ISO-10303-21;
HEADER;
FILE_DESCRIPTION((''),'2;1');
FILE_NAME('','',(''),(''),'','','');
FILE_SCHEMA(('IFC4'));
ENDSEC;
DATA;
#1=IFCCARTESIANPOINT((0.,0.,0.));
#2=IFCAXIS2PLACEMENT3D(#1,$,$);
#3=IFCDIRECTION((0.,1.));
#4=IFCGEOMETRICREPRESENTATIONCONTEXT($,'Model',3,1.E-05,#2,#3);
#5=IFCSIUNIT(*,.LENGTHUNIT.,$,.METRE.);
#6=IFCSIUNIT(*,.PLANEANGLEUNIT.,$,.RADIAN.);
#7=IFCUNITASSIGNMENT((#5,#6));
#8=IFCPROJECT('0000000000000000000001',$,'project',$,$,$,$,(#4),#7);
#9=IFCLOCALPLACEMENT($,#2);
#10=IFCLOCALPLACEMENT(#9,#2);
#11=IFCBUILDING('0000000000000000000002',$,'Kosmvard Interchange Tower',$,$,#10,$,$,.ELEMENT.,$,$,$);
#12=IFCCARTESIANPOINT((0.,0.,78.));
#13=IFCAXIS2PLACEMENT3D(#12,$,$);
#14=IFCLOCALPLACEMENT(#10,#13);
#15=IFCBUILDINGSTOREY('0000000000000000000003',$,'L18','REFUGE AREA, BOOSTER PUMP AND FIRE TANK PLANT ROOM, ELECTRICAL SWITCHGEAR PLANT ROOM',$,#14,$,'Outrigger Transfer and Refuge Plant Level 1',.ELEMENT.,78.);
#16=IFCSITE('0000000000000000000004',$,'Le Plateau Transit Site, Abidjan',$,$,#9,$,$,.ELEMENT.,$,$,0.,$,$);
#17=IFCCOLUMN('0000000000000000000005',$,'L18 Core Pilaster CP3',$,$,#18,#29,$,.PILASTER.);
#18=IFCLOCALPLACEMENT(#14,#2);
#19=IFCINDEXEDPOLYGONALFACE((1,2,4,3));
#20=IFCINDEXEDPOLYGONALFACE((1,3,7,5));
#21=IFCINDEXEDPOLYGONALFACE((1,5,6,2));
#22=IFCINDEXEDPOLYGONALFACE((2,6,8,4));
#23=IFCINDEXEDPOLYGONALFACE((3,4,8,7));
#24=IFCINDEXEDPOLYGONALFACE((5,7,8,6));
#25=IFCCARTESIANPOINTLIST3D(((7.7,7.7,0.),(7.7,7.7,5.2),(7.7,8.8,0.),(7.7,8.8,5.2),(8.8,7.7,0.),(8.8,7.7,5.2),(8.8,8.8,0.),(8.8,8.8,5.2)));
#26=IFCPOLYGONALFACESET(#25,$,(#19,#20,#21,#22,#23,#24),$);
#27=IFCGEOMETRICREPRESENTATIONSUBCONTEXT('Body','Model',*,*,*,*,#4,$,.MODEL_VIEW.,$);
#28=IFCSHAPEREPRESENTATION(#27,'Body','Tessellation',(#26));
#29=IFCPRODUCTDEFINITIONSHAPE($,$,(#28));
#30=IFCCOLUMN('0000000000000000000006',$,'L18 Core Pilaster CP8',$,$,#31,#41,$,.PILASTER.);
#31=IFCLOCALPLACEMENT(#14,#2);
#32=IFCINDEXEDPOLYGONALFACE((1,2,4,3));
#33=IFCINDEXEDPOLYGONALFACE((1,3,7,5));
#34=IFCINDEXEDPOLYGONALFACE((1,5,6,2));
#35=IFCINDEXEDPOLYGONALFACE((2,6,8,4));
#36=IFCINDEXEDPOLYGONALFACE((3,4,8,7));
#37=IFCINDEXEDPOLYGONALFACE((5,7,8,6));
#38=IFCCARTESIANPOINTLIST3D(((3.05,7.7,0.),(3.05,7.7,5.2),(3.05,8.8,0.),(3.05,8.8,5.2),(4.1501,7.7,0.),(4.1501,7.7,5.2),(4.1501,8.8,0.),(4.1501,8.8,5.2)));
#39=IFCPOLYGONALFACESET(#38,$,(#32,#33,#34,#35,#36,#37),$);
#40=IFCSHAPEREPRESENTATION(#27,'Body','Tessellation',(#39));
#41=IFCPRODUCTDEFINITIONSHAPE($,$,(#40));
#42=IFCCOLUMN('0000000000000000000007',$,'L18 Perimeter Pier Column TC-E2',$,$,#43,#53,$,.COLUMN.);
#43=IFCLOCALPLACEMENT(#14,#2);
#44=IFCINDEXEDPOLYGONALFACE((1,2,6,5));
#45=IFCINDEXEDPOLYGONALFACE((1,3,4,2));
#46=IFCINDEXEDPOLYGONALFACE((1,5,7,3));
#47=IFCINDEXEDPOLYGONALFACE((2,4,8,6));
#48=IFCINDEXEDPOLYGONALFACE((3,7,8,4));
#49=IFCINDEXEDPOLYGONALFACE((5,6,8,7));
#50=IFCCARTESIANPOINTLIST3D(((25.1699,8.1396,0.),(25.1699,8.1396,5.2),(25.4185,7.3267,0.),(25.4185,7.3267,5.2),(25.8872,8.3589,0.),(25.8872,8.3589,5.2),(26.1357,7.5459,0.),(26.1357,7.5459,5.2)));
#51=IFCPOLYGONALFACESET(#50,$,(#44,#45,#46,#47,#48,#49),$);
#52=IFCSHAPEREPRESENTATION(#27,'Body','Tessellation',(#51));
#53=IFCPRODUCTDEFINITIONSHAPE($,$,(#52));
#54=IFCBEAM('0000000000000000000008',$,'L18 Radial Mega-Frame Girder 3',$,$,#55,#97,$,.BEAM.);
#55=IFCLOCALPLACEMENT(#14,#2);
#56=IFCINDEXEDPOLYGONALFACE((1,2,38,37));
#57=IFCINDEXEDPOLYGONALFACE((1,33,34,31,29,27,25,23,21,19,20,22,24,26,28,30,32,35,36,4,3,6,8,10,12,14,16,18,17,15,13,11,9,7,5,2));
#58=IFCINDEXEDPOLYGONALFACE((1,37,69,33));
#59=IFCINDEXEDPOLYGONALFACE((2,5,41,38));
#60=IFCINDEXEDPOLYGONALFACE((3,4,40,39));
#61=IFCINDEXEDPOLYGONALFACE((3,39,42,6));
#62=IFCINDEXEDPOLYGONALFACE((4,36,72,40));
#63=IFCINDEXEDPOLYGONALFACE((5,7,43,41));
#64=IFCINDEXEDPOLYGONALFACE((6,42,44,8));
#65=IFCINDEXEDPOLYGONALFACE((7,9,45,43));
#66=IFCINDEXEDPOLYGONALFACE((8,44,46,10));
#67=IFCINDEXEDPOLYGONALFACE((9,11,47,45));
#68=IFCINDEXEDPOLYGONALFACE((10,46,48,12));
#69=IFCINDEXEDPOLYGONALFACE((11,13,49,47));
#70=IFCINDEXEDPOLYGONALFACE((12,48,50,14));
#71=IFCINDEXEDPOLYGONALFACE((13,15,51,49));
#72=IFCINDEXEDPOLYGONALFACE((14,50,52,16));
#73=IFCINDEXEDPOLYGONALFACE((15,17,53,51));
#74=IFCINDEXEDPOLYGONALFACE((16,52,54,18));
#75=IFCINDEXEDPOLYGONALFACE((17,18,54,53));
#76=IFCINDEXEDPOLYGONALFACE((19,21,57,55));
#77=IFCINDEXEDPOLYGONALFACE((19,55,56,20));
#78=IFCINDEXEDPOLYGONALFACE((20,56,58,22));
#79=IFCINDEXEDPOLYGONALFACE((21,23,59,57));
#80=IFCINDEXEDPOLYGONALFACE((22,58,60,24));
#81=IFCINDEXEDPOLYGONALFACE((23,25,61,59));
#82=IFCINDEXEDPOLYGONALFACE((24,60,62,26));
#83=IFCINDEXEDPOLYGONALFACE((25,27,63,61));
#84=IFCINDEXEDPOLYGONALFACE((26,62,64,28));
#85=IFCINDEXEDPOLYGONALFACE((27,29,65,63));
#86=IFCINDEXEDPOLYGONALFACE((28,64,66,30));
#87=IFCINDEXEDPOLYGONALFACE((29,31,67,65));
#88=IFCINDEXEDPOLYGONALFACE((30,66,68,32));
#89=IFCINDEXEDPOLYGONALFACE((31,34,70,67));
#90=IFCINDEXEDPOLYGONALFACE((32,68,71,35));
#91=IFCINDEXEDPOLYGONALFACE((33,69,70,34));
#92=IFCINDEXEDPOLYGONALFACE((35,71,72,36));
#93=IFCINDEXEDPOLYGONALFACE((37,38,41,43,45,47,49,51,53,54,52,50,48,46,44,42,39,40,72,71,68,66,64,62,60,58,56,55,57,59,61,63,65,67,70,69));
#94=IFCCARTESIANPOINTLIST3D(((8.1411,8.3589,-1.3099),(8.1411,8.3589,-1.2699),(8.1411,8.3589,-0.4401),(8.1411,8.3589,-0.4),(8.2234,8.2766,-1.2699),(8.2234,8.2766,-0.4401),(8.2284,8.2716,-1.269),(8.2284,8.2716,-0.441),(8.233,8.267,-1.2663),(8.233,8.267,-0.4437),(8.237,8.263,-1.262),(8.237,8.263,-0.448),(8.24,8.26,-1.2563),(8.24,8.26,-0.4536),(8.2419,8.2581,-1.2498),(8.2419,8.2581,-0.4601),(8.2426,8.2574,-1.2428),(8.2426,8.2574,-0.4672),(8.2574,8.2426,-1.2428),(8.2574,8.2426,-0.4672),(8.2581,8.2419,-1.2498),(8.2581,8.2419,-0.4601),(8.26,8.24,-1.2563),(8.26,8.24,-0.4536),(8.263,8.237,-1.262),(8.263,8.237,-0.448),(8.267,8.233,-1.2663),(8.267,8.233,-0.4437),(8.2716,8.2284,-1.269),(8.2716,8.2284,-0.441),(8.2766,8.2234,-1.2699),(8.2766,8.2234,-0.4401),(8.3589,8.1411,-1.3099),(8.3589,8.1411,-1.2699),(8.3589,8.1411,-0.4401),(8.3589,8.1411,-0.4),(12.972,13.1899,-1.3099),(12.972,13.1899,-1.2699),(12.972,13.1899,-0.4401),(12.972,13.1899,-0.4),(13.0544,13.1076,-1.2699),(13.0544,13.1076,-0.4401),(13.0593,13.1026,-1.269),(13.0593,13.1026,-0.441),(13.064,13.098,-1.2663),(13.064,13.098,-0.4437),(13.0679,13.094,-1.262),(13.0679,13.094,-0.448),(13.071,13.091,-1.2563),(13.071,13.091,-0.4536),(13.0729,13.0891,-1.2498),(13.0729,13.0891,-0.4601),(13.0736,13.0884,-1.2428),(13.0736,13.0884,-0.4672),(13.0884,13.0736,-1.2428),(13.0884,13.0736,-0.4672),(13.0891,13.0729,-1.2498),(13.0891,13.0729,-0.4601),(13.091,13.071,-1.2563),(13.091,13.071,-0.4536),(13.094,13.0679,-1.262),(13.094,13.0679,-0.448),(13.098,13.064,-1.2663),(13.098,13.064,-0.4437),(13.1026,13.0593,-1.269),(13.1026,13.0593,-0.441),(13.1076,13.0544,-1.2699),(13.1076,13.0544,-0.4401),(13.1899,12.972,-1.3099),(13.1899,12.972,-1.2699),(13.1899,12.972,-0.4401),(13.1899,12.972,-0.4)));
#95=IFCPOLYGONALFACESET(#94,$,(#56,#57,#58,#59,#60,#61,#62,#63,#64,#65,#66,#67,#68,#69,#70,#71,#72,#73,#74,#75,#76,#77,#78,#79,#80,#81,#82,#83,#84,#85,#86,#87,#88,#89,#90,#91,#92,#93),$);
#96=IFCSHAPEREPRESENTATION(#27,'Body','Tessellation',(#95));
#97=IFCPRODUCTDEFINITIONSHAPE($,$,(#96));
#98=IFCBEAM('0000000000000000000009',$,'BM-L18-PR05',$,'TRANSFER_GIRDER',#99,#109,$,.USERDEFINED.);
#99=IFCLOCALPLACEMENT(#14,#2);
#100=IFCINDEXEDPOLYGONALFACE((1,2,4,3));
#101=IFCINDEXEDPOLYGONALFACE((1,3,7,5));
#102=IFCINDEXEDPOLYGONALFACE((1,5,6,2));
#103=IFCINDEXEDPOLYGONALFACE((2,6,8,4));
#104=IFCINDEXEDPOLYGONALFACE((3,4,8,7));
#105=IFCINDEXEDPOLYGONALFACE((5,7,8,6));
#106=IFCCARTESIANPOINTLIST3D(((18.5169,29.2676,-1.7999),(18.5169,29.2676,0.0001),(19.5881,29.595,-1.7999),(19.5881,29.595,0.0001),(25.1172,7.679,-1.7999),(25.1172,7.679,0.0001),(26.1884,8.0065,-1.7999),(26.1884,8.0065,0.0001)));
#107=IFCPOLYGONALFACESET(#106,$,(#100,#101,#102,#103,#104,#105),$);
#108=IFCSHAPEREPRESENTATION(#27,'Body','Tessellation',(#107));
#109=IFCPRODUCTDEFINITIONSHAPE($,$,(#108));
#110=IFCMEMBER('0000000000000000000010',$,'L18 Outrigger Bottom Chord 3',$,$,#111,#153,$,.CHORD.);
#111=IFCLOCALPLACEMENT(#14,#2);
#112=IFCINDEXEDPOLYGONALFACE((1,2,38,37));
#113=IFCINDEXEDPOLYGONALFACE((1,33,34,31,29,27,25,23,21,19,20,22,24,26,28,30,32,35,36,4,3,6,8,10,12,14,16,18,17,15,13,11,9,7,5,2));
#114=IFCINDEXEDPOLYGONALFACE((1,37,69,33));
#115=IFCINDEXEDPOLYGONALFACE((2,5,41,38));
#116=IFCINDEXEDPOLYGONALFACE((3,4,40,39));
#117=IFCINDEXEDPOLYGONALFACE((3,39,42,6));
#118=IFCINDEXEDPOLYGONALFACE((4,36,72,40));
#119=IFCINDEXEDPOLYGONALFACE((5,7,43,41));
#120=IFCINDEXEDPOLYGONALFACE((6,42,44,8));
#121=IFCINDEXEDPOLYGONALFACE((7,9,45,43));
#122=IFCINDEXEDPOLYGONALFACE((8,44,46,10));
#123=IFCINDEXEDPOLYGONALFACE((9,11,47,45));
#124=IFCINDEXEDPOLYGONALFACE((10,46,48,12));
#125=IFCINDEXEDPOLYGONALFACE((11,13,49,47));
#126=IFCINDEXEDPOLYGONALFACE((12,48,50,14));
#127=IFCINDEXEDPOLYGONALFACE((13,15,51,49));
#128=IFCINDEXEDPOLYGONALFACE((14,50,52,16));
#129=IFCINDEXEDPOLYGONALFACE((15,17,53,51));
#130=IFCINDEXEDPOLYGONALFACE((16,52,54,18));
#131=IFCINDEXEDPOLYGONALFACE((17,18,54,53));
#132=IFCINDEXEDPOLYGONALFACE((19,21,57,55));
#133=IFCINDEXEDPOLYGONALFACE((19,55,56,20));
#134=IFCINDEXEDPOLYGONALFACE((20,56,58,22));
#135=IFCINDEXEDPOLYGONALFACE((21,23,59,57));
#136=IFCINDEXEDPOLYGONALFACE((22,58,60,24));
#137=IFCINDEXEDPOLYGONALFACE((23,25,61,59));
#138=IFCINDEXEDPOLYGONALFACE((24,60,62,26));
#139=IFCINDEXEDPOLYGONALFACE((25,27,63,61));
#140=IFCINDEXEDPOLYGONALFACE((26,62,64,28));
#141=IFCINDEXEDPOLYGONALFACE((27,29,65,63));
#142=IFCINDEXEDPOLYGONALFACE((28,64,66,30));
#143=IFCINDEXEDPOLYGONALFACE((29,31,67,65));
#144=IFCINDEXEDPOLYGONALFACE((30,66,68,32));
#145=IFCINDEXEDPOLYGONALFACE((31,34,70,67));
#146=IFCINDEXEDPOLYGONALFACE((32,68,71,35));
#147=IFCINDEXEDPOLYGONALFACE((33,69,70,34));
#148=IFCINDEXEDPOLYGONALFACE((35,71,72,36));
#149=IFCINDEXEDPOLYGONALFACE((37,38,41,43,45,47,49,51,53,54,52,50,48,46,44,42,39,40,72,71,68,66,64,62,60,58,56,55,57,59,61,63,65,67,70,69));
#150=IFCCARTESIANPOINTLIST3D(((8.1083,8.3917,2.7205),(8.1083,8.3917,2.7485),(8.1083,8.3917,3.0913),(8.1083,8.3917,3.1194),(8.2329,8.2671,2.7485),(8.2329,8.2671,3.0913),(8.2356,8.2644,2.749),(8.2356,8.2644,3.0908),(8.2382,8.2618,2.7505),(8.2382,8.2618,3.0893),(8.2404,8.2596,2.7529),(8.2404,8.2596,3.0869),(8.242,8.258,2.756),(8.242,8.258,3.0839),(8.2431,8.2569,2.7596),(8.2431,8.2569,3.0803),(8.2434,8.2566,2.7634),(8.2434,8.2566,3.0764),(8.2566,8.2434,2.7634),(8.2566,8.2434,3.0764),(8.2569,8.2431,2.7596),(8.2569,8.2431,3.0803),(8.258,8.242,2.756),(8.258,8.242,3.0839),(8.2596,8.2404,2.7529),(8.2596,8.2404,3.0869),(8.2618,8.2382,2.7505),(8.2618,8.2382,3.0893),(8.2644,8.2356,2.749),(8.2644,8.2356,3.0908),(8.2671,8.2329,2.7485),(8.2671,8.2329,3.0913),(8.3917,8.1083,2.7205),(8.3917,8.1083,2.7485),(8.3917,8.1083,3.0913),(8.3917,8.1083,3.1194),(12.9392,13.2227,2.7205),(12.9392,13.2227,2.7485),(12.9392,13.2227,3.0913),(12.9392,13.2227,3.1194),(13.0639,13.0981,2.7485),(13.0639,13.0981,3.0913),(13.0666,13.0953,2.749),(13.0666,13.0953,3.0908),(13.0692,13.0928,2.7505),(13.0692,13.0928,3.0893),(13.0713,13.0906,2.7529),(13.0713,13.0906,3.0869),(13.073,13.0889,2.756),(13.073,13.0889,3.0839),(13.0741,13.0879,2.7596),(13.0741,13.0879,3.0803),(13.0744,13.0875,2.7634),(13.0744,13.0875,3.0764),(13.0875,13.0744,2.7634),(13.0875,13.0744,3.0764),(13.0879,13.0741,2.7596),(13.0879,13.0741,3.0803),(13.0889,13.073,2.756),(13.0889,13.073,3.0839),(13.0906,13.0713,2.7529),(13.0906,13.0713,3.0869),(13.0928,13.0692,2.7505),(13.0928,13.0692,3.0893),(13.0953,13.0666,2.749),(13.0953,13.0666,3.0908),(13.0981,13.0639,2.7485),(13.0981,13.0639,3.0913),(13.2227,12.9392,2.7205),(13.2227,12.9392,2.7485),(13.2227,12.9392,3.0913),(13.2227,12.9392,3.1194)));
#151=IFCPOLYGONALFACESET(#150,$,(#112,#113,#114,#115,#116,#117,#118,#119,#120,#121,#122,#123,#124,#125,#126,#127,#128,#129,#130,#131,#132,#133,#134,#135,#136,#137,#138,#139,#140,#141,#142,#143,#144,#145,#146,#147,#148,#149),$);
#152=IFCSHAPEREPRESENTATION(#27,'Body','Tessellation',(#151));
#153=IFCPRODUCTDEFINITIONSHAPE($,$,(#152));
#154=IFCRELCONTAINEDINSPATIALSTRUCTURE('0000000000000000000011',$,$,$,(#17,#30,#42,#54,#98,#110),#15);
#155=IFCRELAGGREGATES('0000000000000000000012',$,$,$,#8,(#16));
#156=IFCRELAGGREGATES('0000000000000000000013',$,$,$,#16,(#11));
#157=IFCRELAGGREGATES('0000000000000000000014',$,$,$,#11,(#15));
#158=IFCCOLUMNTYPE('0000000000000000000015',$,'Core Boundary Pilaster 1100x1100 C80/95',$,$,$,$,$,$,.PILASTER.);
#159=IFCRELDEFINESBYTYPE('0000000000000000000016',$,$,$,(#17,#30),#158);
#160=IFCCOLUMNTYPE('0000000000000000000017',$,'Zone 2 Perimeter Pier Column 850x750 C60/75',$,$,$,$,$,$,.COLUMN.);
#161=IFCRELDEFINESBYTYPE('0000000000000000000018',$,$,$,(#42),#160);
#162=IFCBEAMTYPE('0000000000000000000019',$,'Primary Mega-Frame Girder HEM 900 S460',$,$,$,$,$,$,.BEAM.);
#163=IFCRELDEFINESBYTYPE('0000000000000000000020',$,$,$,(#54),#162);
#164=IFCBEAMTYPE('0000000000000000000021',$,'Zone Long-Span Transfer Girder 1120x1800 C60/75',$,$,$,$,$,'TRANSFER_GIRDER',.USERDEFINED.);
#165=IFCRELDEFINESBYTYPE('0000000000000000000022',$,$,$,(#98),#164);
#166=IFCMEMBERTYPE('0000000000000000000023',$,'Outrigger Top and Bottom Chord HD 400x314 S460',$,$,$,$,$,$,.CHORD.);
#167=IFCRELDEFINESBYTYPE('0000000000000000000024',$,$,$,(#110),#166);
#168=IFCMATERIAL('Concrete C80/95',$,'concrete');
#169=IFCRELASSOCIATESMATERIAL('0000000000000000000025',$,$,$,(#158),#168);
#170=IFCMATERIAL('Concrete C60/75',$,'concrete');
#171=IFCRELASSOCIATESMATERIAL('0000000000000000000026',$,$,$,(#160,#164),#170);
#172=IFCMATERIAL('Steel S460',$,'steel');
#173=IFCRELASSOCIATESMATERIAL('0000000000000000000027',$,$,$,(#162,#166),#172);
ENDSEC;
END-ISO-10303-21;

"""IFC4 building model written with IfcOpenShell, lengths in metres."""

from ifc_helpers import new_model, si_unit, direction, frame, origin, origin_2d, place, context, subcontext, project, spatial, rectangle, i_section, extrude, source, transform, mapped, material, material_profile, profile_set, type_object, element, save


model = new_model("IFC4")

# Units and contexts
model_context = context("Model", 3, precision=1e-05, world=origin(), true_north=direction((0.0, 1.0)))
body_context = subcontext(model_context, "Body", "Model", "MODEL_VIEW")
ifc_project = project(units=[si_unit("LENGTHUNIT", "METRE"), si_unit("PLANEANGLEUNIT", "RADIAN")], contexts=[model_context])

# Site, building, storey
site_placement = place(None, origin())
site = spatial("IfcSite", under=ifc_project, at=site_placement, Name="Le Plateau Transit Site, Abidjan", CompositionType="ELEMENT", RefElevation=0.0)
building_placement = place(site_placement, origin())
building = spatial("IfcBuilding", under=site, at=building_placement, Name="Kosmvard Interchange Tower", CompositionType="ELEMENT")
storey_placement = place(building_placement, frame((0.0, 0.0, 78.0)))
storey = spatial("IfcBuildingStorey", under=building, at=storey_placement, Name="L18", Description="REFUGE AREA, BOOSTER PUMP AND FIRE TANK PLANT ROOM, ELECTRICAL SWITCHGEAR PLANT ROOM", LongName="Outrigger Transfer and Refuge Plant Level 1", CompositionType="ELEMENT", Elevation=78.0)

# Columns
ifc_material_1 = material(Name="Concrete C80/95", Category="concrete")
ifc_material_profile_1 = material_profile(ifc_material_1, rectangle(XDim=1.1001, YDim=1.1001, at=origin_2d()), Name="CP 1100x1100")
ifc_profile_set_1 = profile_set([ifc_material_profile_1], Name="Concrete C80/95")
column_type_1 = type_object("IfcColumnType", Name="Core Boundary Pilaster 1100x1100 C80/95", PredefinedType="PILASTER", material=ifc_profile_set_1)
shared_shape_1 = source(origin(), body_context, "Body", "SweptSolid", [
    extrude(rectangle(XDim=1.1001, YDim=1.1001, at=origin_2d()), origin(), (0.0, 0.0, 1.0), 5.2),
])
for number, where, z_axis, x_axis, name in (
    (1, (8.25, 8.25, 0.0), (0.0, 0.0, 1.0), (1.0, 0.0, 0.0), "L18 Core Pilaster CP3"),
    (2, (3.6001, 8.25, 0.0), (0.0, 0.0, 1.0), (1.0, 0.0, 0.0), "L18 Core Pilaster CP8"),
):
    element("IfcColumn", number, at=place(storey_placement, frame(where, z_axis=z_axis, x_axis=x_axis)), inside=storey, type_object=column_type_1, Name=name, PredefinedType="PILASTER", context=body_context, shape_type="MappedRepresentation", body=[
        mapped(shared_shape_1, transform((0.0, 0.0, 0.0), scale=1.0)),
    ])
ifc_material_2 = material(Name="Concrete C60/75", Category="concrete")
ifc_material_profile_2 = material_profile(ifc_material_2, rectangle(XDim=0.75, YDim=0.8501, at=origin_2d()), Name="TC 850x750")
ifc_profile_set_2 = profile_set([ifc_material_profile_2], Name="Concrete C60/75")
column_type_2 = type_object("IfcColumnType", Name="Zone 2 Perimeter Pier Column 850x750 C60/75", PredefinedType="COLUMN", material=ifc_profile_set_2)
shared_shape_2 = source(origin(), body_context, "Body", "SweptSolid", [
    extrude(rectangle(XDim=0.75, YDim=0.8501, at=origin_2d()), origin(), (0.0, 0.0, 1.0), 5.2),
])
column_placement = place(storey_placement, frame((25.6528, 7.8428, 0.0), z_axis=(0.0, 0.0, 1.0), x_axis=(0.956305, 0.292372, 0.0)))
element("IfcColumn", 3, at=column_placement, inside=storey, type_object=column_type_2, Name="L18 Perimeter Pier Column TC-E2", PredefinedType="COLUMN", context=body_context, shape_type="MappedRepresentation", body=[
    mapped(shared_shape_2, transform((0.0, 0.0, 0.0), scale=1.0)),
])

# Beams
ifc_material_3 = material(Name="Steel S460", Category="steel")
ifc_material_profile_3 = material_profile(ifc_material_3, i_section(OverallWidth=0.3081, OverallDepth=0.9099, WebThickness=0.021, FlangeThickness=0.04, FilletRadius=0.0271, at=origin_2d()), Name="HEM 900")
ifc_profile_set_3 = profile_set([ifc_material_profile_3], Name="Steel S460")
beam_type_1 = type_object("IfcBeamType", Name="Primary Mega-Frame Girder HEM 900 S460", PredefinedType="BEAM", material=ifc_profile_set_3)
shared_shape_3 = source(origin(), body_context, "Body", "SweptSolid", [
    extrude(i_section(OverallWidth=0.3081, OverallDepth=0.9099, WebThickness=0.021, FlangeThickness=0.04, FilletRadius=0.0271, at=origin_2d()), origin(), (0.0, 0.0, 1.0), 6.832),
])
beam_1_placement = place(storey_placement, frame((8.25, 8.25, -0.855), z_axis=(0.707107, 0.707107, 0.0), x_axis=(-0.707107, 0.707107, 0.0)))
element("IfcBeam", 4, at=beam_1_placement, inside=storey, type_object=beam_type_1, Name="L18 Radial Mega-Frame Girder 3", PredefinedType="BEAM", context=body_context, shape_type="MappedRepresentation", body=[
    mapped(shared_shape_3, transform((0.0, 0.0, 0.0), scale=1.0)),
])
ifc_material_profile_4 = material_profile(ifc_material_2, rectangle(XDim=1.1201, YDim=1.8, at=origin_2d()), Name="TG 1120x1800")
ifc_profile_set_4 = profile_set([ifc_material_profile_4], Name="Concrete C60/75")
beam_type_2 = type_object("IfcBeamType", Name="Zone Long-Span Transfer Girder 1120x1800 C60/75", ElementType="TRANSFER_GIRDER", PredefinedType="USERDEFINED", material=ifc_profile_set_4)
shared_shape_4 = source(origin(), body_context, "Body", "SweptSolid", [
    extrude(rectangle(XDim=1.1201, YDim=1.8, at=origin_2d()), origin(), (0.0, 0.0, 1.0), 22.575),
])
beam_2_placement = place(storey_placement, frame((25.6528, 7.8428, -0.8999), z_axis=(-0.292373, 0.956304, 0.0), x_axis=(-0.956304, -0.292373, 0.0)))
element("IfcBeam", 5, at=beam_2_placement, inside=storey, type_object=beam_type_2, Name="BM-L18-PR05", ObjectType="TRANSFER_GIRDER", PredefinedType="USERDEFINED", context=body_context, shape_type="MappedRepresentation", body=[
    mapped(shared_shape_4, transform((0.0, 0.0, 0.0), scale=1.0)),
])

# Member
ifc_material_profile_5 = material_profile(ifc_material_3, i_section(OverallWidth=0.4009, OverallDepth=0.3989, WebThickness=0.0186, FlangeThickness=0.0281, FilletRadius=0.0149, at=origin_2d()), Name="HD 400x314")
ifc_profile_set_5 = profile_set([ifc_material_profile_5], Name="Steel S460")
member_type_1 = type_object("IfcMemberType", Name="Outrigger Top and Bottom Chord HD 400x314 S460", PredefinedType="CHORD", material=ifc_profile_set_5)
shared_shape_5 = source(origin(), body_context, "Body", "SweptSolid", [
    extrude(i_section(OverallWidth=0.4009, OverallDepth=0.3989, WebThickness=0.0186, FlangeThickness=0.0281, FilletRadius=0.0149, at=origin_2d()), origin(), (0.0, 0.0, 1.0), 6.832),
])
member_1_placement = place(storey_placement, frame((8.25, 8.25, 2.9199), z_axis=(0.707107, 0.707107, 0.0), x_axis=(-0.707107, 0.707107, 0.0)))
element("IfcMember", 6, at=member_1_placement, inside=storey, type_object=member_type_1, Name="L18 Outrigger Bottom Chord 3", PredefinedType="CHORD", context=body_context, shape_type="MappedRepresentation", body=[
    mapped(shared_shape_5, transform((0.0, 0.0, 0.0), scale=1.0)),
])

save(model, "model.ifc")
